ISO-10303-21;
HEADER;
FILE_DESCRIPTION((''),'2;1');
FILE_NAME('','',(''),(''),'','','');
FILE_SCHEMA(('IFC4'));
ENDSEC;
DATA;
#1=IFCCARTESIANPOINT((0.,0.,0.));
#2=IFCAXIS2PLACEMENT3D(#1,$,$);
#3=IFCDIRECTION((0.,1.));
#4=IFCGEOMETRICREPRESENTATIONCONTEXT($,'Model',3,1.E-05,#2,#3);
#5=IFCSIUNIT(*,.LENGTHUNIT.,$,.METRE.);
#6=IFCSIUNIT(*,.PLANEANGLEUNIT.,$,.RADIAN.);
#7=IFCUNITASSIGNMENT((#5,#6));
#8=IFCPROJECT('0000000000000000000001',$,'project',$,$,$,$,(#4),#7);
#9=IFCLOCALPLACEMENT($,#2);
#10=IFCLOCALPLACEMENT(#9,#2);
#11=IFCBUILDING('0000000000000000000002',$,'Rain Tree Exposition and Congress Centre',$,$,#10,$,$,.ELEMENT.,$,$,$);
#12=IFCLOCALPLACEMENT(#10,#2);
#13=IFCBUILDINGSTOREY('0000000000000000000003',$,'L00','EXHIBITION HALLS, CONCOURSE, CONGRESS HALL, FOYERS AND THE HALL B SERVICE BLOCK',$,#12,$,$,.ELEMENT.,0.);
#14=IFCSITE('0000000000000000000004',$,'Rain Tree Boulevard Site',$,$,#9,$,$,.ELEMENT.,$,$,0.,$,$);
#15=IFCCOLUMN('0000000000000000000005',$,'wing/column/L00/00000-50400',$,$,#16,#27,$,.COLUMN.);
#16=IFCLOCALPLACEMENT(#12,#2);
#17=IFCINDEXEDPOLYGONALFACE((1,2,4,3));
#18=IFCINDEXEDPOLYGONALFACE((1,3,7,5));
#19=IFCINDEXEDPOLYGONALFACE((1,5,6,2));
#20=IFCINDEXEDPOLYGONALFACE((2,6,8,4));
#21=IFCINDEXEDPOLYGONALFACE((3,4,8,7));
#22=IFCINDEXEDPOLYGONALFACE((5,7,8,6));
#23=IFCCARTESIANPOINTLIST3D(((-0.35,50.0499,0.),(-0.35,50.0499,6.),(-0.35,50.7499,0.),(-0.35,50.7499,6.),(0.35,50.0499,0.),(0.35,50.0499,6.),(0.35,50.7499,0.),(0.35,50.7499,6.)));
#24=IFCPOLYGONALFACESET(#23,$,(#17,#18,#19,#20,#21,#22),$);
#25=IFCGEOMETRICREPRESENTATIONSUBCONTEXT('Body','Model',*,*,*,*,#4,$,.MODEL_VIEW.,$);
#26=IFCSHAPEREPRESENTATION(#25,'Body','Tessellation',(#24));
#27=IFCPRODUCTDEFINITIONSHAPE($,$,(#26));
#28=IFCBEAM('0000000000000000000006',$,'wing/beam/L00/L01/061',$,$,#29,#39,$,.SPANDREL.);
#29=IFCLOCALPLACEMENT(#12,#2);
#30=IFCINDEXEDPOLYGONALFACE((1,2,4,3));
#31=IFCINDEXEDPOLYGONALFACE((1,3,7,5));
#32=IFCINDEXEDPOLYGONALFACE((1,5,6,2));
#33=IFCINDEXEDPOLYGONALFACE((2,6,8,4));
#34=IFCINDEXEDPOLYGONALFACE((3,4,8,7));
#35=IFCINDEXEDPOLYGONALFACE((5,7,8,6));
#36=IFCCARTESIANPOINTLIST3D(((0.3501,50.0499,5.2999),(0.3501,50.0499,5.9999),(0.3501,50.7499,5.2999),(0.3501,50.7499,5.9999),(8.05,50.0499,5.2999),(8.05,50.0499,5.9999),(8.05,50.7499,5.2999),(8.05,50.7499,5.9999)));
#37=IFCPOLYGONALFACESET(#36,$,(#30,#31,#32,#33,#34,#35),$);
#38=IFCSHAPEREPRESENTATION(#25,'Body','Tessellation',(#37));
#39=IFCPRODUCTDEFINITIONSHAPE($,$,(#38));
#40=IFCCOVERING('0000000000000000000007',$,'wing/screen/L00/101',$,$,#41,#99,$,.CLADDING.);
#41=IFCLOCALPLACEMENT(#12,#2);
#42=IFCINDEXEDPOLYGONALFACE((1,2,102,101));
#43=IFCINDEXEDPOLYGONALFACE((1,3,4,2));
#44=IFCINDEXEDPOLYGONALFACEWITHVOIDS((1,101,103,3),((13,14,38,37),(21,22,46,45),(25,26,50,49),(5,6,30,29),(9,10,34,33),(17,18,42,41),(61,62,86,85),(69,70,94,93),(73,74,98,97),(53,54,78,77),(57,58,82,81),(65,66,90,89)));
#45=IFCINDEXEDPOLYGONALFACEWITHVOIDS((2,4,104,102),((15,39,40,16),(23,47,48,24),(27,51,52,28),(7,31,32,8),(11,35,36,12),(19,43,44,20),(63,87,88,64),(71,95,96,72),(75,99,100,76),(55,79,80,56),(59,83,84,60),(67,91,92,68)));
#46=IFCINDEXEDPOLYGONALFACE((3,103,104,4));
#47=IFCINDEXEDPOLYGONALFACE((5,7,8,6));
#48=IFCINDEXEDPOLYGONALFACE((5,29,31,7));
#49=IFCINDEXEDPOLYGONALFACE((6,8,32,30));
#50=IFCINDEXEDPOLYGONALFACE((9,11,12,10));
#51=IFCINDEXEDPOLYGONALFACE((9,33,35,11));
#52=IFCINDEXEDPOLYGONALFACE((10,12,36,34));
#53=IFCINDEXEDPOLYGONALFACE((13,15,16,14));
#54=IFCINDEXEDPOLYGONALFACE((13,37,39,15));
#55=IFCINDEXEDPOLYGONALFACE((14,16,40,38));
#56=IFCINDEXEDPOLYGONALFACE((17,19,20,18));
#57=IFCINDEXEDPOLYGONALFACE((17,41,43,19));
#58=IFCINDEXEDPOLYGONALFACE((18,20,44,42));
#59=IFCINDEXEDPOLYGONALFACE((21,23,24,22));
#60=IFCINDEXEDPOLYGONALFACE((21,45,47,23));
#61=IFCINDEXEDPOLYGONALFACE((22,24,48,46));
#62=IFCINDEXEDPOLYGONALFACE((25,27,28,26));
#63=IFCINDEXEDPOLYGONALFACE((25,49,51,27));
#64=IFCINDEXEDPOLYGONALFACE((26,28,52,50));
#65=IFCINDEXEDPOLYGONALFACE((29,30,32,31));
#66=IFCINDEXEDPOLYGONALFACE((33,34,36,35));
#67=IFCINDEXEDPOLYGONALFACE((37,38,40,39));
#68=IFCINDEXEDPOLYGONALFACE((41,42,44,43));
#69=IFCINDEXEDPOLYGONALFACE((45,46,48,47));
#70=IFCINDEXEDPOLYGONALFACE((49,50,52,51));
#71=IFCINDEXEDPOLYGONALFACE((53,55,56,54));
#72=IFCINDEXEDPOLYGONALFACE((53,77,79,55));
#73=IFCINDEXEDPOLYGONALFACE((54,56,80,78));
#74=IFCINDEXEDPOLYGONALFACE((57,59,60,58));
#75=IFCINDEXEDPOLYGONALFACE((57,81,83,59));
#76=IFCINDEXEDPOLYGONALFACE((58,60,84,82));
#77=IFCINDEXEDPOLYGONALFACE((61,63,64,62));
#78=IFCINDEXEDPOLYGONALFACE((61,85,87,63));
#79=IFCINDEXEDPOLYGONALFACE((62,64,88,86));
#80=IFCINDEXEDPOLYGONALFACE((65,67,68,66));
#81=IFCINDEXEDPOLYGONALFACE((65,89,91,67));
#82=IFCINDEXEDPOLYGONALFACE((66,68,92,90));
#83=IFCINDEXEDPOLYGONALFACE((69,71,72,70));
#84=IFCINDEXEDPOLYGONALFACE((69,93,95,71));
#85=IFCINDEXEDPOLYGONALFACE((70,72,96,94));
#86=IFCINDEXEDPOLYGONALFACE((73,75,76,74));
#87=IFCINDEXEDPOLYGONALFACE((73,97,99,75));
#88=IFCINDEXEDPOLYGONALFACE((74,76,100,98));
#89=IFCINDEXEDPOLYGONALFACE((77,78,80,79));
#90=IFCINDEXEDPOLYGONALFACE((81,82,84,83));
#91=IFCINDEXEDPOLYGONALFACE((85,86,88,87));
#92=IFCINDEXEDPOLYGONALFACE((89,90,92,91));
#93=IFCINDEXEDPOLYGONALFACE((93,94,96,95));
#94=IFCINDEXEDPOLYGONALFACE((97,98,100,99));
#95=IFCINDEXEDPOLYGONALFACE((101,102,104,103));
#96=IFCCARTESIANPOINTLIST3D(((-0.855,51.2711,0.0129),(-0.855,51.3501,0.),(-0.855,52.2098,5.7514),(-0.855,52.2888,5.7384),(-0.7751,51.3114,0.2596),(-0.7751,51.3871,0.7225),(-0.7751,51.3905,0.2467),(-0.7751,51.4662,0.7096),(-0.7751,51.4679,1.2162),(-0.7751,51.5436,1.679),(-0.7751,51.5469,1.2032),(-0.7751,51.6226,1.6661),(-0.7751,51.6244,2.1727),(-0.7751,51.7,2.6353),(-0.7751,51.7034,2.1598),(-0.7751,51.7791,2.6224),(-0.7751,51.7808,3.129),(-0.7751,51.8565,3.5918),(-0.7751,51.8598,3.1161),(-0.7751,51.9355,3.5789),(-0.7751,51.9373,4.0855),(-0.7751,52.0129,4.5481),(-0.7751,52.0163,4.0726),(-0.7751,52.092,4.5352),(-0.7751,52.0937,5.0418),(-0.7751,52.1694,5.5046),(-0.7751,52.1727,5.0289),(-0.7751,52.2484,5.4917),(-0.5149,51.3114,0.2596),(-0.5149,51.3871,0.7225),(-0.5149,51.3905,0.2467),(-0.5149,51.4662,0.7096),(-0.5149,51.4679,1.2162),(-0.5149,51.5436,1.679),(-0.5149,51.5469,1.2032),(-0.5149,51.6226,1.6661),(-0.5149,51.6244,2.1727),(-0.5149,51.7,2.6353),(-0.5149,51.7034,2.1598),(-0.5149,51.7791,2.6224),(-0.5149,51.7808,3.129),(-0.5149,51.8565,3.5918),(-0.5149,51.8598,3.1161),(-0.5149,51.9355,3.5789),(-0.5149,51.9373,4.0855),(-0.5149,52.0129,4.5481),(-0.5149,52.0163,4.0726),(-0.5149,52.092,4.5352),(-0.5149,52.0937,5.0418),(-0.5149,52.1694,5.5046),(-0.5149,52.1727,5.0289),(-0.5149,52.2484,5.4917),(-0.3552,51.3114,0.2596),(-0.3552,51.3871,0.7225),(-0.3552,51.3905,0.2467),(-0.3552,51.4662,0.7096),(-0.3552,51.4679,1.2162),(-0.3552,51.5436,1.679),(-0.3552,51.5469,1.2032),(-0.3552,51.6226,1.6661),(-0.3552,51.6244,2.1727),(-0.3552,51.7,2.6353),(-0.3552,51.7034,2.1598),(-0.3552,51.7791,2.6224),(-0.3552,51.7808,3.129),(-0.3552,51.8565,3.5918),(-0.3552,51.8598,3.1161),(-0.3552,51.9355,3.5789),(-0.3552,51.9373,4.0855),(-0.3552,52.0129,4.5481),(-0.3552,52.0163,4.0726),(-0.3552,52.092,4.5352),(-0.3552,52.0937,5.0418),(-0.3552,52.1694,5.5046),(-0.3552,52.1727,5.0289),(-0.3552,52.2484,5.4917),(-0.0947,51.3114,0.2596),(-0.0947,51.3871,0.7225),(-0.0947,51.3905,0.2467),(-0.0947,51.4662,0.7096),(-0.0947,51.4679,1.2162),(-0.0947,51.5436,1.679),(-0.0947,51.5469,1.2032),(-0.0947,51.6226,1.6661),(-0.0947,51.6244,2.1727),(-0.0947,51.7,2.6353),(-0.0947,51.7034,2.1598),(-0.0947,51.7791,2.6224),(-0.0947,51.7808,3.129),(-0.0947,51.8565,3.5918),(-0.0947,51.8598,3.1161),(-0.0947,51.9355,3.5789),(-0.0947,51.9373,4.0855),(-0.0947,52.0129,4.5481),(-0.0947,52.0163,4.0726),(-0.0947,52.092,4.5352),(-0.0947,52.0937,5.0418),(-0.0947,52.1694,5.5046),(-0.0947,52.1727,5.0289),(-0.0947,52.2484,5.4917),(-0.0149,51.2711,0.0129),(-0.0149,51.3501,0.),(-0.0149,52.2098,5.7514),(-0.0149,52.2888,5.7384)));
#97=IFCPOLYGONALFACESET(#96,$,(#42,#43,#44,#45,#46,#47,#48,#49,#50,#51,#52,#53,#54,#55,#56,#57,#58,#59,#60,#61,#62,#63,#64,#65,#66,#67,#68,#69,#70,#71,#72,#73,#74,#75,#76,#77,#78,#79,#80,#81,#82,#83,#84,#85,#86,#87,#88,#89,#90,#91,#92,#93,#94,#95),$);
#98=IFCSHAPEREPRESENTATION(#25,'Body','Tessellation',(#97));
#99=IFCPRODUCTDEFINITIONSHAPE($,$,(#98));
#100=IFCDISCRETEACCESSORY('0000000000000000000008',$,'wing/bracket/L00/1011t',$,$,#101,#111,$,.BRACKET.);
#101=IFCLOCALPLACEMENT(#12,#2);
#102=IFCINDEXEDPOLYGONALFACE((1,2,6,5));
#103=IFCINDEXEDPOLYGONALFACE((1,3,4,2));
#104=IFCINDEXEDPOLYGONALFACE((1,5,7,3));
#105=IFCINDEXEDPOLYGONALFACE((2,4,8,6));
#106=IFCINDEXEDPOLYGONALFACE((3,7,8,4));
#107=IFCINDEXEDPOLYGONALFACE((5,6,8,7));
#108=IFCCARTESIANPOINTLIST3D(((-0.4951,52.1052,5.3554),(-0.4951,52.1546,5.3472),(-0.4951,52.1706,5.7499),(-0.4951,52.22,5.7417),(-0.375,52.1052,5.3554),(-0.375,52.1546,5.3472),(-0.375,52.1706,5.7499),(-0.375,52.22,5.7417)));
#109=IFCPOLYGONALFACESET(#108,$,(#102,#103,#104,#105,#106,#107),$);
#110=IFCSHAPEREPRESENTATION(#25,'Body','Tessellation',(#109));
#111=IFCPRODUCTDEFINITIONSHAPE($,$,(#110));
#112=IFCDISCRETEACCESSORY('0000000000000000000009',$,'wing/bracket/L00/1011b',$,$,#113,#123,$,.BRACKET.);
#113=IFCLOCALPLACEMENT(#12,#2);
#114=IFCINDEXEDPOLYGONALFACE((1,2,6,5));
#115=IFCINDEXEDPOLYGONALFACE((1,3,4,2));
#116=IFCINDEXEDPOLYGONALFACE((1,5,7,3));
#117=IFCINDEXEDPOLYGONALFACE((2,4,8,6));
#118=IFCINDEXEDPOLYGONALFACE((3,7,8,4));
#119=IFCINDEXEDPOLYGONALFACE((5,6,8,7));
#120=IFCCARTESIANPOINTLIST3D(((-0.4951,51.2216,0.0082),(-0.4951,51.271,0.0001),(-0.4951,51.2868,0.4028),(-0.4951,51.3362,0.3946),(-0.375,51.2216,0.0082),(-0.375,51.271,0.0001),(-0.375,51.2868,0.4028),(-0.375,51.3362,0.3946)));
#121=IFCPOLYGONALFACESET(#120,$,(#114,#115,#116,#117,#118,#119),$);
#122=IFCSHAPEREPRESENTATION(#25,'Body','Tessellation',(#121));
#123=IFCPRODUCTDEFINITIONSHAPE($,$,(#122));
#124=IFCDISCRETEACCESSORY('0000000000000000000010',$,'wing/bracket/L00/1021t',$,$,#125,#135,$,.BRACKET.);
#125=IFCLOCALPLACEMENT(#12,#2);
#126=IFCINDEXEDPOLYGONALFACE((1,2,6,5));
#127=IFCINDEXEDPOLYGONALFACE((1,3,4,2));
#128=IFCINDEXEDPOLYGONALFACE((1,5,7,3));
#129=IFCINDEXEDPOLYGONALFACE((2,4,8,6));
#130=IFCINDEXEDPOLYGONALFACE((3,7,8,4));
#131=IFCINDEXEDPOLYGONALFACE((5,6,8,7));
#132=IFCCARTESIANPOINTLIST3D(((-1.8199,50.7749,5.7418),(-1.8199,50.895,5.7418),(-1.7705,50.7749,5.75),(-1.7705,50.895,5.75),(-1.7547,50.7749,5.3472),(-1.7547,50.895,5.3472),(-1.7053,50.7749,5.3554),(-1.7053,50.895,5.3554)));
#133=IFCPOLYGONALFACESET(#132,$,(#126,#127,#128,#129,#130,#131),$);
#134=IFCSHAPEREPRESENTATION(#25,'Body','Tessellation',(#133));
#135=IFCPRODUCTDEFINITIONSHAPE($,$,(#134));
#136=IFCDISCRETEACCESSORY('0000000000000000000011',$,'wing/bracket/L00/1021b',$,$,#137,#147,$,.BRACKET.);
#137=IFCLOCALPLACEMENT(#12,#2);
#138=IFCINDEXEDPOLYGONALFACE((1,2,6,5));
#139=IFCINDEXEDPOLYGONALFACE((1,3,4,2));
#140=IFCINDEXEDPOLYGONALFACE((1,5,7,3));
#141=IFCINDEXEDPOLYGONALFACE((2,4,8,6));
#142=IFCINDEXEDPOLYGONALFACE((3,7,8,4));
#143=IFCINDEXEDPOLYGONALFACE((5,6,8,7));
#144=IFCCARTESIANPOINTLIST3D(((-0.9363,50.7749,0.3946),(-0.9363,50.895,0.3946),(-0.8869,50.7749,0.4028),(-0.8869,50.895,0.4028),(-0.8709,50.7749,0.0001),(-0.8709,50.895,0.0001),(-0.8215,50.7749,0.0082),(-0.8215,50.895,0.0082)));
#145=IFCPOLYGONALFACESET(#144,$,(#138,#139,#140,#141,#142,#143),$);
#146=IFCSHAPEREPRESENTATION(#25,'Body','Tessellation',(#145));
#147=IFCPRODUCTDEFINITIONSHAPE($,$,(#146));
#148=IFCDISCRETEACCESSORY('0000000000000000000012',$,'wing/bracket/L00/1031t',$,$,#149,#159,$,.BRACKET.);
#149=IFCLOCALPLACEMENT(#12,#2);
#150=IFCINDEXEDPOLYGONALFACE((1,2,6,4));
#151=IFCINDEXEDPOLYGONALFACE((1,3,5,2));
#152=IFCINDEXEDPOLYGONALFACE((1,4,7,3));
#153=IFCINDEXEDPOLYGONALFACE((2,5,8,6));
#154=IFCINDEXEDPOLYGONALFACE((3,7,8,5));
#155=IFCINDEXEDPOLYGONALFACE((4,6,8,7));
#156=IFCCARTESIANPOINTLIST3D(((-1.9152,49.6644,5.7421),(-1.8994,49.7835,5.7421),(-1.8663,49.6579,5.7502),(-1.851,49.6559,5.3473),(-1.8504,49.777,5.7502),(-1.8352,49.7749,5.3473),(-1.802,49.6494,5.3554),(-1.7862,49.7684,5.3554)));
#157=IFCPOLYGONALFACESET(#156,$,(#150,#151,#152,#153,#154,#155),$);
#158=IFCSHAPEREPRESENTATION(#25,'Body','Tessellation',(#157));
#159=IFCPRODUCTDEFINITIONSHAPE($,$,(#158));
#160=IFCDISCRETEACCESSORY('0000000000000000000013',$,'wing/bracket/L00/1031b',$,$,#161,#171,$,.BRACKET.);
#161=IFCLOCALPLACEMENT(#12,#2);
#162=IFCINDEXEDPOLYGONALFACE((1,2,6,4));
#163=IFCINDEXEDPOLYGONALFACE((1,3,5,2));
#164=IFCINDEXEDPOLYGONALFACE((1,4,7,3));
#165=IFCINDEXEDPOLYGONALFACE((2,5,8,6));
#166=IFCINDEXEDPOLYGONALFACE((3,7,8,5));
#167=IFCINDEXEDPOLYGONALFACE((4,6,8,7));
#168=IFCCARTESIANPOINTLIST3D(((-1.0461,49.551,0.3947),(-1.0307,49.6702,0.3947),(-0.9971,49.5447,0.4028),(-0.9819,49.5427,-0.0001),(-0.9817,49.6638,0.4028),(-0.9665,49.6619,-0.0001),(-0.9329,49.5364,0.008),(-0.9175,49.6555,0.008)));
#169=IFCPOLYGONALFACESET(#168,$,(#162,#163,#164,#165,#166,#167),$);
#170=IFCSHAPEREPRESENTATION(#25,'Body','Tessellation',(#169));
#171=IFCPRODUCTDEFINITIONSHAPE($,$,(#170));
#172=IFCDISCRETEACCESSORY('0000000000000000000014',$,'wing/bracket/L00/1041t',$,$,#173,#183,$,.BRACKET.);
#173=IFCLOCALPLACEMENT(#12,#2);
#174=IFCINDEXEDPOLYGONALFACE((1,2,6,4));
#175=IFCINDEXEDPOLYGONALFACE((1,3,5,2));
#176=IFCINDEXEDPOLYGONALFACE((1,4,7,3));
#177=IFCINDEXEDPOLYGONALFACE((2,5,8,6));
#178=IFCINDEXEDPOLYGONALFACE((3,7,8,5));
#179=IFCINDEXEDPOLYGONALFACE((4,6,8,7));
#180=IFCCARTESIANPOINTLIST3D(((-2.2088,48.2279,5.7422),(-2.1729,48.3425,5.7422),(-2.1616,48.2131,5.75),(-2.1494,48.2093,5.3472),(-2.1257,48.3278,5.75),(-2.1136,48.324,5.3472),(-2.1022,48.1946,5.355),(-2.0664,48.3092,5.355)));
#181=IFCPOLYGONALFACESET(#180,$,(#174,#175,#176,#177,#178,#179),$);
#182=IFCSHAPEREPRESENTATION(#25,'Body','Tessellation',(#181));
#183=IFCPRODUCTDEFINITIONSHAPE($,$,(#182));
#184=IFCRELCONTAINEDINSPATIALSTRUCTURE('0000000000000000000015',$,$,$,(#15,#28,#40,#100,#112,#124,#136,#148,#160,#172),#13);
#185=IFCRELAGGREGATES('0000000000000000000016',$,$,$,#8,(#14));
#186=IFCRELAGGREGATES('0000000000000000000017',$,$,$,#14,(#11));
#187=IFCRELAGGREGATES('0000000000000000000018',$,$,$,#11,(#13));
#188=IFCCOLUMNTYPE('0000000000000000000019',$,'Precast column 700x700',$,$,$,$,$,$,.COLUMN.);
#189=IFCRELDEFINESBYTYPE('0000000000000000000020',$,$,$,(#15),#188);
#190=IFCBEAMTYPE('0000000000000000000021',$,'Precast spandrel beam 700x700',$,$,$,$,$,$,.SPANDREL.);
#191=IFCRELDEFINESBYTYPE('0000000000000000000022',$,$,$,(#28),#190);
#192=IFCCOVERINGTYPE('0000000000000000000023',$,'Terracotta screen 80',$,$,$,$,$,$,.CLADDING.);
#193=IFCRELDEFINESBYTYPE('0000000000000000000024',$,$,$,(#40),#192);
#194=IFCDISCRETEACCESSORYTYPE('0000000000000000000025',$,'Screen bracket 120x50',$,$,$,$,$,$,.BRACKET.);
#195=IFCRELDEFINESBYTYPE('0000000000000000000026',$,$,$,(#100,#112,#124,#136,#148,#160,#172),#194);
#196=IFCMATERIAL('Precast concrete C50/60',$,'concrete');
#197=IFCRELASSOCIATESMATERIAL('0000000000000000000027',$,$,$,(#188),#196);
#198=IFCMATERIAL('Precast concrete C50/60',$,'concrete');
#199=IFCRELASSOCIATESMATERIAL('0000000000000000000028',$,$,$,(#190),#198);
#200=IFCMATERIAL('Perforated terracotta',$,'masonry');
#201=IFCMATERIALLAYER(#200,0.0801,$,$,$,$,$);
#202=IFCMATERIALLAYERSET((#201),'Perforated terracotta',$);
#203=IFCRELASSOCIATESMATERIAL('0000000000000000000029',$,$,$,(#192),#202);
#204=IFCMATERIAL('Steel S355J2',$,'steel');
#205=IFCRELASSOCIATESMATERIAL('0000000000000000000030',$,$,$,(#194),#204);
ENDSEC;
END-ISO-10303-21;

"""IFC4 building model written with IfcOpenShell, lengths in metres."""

from ifc_helpers import new_model, si_unit, direction, frame, origin, origin_2d, place, context, subcontext, project, spatial, polyline, rectangle, outline, extrude, material, layer, layer_set, material_profile, profile_set, type_object, element, save


model = new_model("IFC4")

# Units and contexts
model_context = context("Model", 3, precision=1e-05, world=origin(), true_north=direction((0.0, 1.0)))
body_context = subcontext(model_context, "Body", "Model", "MODEL_VIEW")
ifc_project = project(units=[si_unit("LENGTHUNIT", "METRE"), si_unit("PLANEANGLEUNIT", "RADIAN")], contexts=[model_context])

# Site, building, storey
site_placement = place(None, origin())
site = spatial("IfcSite", under=ifc_project, at=site_placement, Name="Rain Tree Boulevard Site", CompositionType="ELEMENT", RefElevation=0.0)
building_placement = place(site_placement, origin())
building = spatial("IfcBuilding", under=site, at=building_placement, Name="Rain Tree Exposition and Congress Centre", CompositionType="ELEMENT")
storey_placement = place(building_placement, origin())
storey = spatial("IfcBuildingStorey", under=building, at=storey_placement, Name="L00", Description="EXHIBITION HALLS, CONCOURSE, CONGRESS HALL, FOYERS AND THE HALL B SERVICE BLOCK", CompositionType="ELEMENT", Elevation=0.0)

# Column
ifc_material_1 = material(Name="Precast concrete C50/60", Category="concrete")
ifc_material_profile_1 = material_profile(ifc_material_1, rectangle(XDim=0.7, YDim=0.7, at=origin_2d()), Name="RC 700x700")
ifc_profile_set_1 = profile_set([ifc_material_profile_1], Name="Precast concrete C50/60")
column_type = type_object("IfcColumnType", Name="Precast column 700x700", PredefinedType="COLUMN", material=ifc_profile_set_1)
column_placement = place(storey_placement, frame((0.0, 50.3999, 0.0), z_axis=(0.0, 0.0, 1.0), x_axis=(1.0, 0.0, 0.0)))
element("IfcColumn", 1, at=column_placement, inside=storey, type_object=column_type, Name="wing/column/L00/00000-50400", PredefinedType="COLUMN", context=body_context, shape_type="SweptSolid", body=[
    extrude(rectangle(XDim=0.7, YDim=0.7, at=origin_2d()), origin(), (0.0, 0.0, 1.0), 6.0),
])

# Beam
ifc_material_2 = material(Name="Precast concrete C50/60", Category="concrete")
ifc_material_profile_2 = material_profile(ifc_material_2, rectangle(XDim=0.7, YDim=0.7, at=origin_2d()), Name="RC 700x700")
ifc_profile_set_2 = profile_set([ifc_material_profile_2], Name="Precast concrete C50/60")
beam_type = type_object("IfcBeamType", Name="Precast spandrel beam 700x700", PredefinedType="SPANDREL", material=ifc_profile_set_2)
beam_placement = place(storey_placement, frame((0.3501, 50.3999, 5.6499), z_axis=(1.0, 0.0, 0.0), x_axis=(0.0, 1.0, 0.0)))
element("IfcBeam", 2, at=beam_placement, inside=storey, type_object=beam_type, Name="wing/beam/L00/L01/061", PredefinedType="SPANDREL", context=body_context, shape_type="SweptSolid", body=[
    extrude(rectangle(XDim=0.7, YDim=0.7, at=origin_2d()), origin(), (0.0, 0.0, 1.0), 7.7),
])

# Covering
ifc_material_3 = material(Name="Perforated terracotta", Category="masonry")
ifc_layer_1 = layer(ifc_material_3, 0.0801)
ifc_layer_set_1 = layer_set([ifc_layer_1], Name="Perforated terracotta")
covering_type = type_object("IfcCoveringType", Name="Terracotta screen 80", PredefinedType="CLADDING", material=ifc_layer_set_1)
covering_1_placement = place(storey_placement, frame((0.0, 51.3501, 0.0), z_axis=(0.0, -0.986883, 0.161435), x_axis=(1.0, 0.0, 0.0)))
element("IfcCovering", 3, at=covering_1_placement, inside=storey, type_object=covering_type, Name="wing/screen/L00/101", PredefinedType="CLADDING", context=body_context, shape_type="SweptSolid", body=[
    extrude(outline(polyline([(-0.0149, 5.8147), (-0.0149, 0.0), (-0.855, 0.0), (-0.855, 5.8147), (-0.0149, 5.8147)]), holes=[polyline([(-0.0947, 0.25), (-0.0947, 0.719), (-0.3552, 0.719), (-0.3552, 0.25), (-0.0947, 0.25)]), polyline([(-0.0947, 1.2192), (-0.0947, 1.6882), (-0.3552, 1.6882), (-0.3552, 1.2192), (-0.0947, 1.2192)]), polyline([(-0.0947, 2.1885), (-0.0947, 2.6572), (-0.3552, 2.6572), (-0.3552, 2.1885), (-0.0947, 2.1885)]), polyline([(-0.0947, 3.1575), (-0.0947, 3.6265), (-0.3552, 3.6265), (-0.3552, 3.1575), (-0.0947, 3.1575)]), polyline([(-0.0947, 4.1267), (-0.0947, 4.5955), (-0.3552, 4.5955), (-0.3552, 4.1267), (-0.0947, 4.1267)]), polyline([(-0.0947, 5.0957), (-0.0947, 5.5647), (-0.3552, 5.5647), (-0.3552, 5.0957), (-0.0947, 5.0957)]), polyline([(-0.5149, 0.25), (-0.5149, 0.719), (-0.7751, 0.719), (-0.7751, 0.25), (-0.5149, 0.25)]), polyline([(-0.5149, 1.2192), (-0.5149, 1.6882), (-0.7751, 1.6882), (-0.7751, 1.2192), (-0.5149, 1.2192)]), polyline([(-0.5149, 2.1885), (-0.5149, 2.6572), (-0.7751, 2.6572), (-0.7751, 2.1885), (-0.5149, 2.1885)]), polyline([(-0.5149, 3.1575), (-0.5149, 3.6265), (-0.7751, 3.6265), (-0.7751, 3.1575), (-0.5149, 3.1575)]), polyline([(-0.5149, 4.1267), (-0.5149, 4.5955), (-0.7751, 4.5955), (-0.7751, 4.1267), (-0.5149, 4.1267)]), polyline([(-0.5149, 5.0957), (-0.5149, 5.5647), (-0.7751, 5.5647), (-0.7751, 5.0957), (-0.5149, 5.0957)])]), origin(), (0.0, 0.0, 1.0), 0.0801),
])

# Discrete accessories
ifc_material_4 = material(Name="Steel S355J2", Category="steel")
ifc_material_profile_3 = material_profile(ifc_material_4, rectangle(XDim=0.1201, YDim=0.05, at=origin_2d()), Name="Flat bar 120x50")
ifc_profile_set_3 = profile_set([ifc_material_profile_3], Name="Steel S355J2")
discrete_accessory_type = type_object("IfcDiscreteAccessoryType", Name="Screen bracket 120x50", PredefinedType="BRACKET", material=ifc_profile_set_3)
for number, where, z_axis, x_axis, name in (
    (4, (-0.4351, 52.1299, 5.3513), (0.0, 0.163607, 0.986526), (-1.0, 0.0, 0.0), "wing/bracket/L00/1011t"),
    (5, (-0.4351, 51.2463, 0.0042), (0.0, 0.163013, 0.986624), (-1.0, 0.0, 0.0), "wing/bracket/L00/1011b"),
    (6, (-1.73, 50.835, 5.3513), (-0.163013, 0.0, 0.986624), (0.0, -1.0, 0.0), "wing/bracket/L00/1021t"),
    (7, (-0.8462, 50.835, 0.0042), (-0.163607, 0.0, 0.986526), (0.0, -1.0, 0.0), "wing/bracket/L00/1021b"),
):
    element("IfcDiscreteAccessory", number, at=place(storey_placement, frame(where, z_axis=z_axis, x_axis=x_axis)), inside=storey, type_object=discrete_accessory_type, Name=name, PredefinedType="BRACKET", context=body_context, shape_type="SweptSolid", body=[
        extrude(rectangle(XDim=0.1201, YDim=0.05, at=origin_2d()), origin(), (0.0, 0.0, 1.0), 0.3999),
    ])
for number, where, z_axis, x_axis, name in (
    (8, (-1.8186, 49.7122, 5.3513), (-0.160501, 0.021359, 0.986805), (-0.131917, -0.991261, 0.0), "wing/bracket/L00/1031t"),
    (9, (-0.9497, 49.5991, 0.0039), (-0.160503, 0.020749, 0.986817), (-0.128211, -0.991747, 0.0), "wing/bracket/L00/1031b"),
):
    element("IfcDiscreteAccessory", number, at=place(storey_placement, frame(where, z_axis=z_axis, x_axis=x_axis)), inside=storey, type_object=discrete_accessory_type, Name=name, PredefinedType="BRACKET", context=body_context, shape_type="SweptSolid", body=[
        extrude(rectangle(XDim=0.1201, YDim=0.05, at=origin_2d()), origin(), (0.0, 0.0, 1.0), 0.4001),
    ])
for number, where, z_axis, x_axis, name in (
    (10, (-2.1079, 48.2593, 5.3511), (-0.14836, 0.046401, 0.987844), (-0.298499, -0.95441, 0.0), "wing/bracket/L00/1041t"),
):
    element("IfcDiscreteAccessory", number, at=place(storey_placement, frame(where, z_axis=z_axis, x_axis=x_axis)), inside=storey, type_object=discrete_accessory_type, Name=name, PredefinedType="BRACKET", context=body_context, shape_type="SweptSolid", body=[
        extrude(rectangle(XDim=0.1201, YDim=0.05, at=origin_2d()), origin(), (0.0, 0.0, 1.0), 0.3999),
    ])

save(model, "model.ifc")
